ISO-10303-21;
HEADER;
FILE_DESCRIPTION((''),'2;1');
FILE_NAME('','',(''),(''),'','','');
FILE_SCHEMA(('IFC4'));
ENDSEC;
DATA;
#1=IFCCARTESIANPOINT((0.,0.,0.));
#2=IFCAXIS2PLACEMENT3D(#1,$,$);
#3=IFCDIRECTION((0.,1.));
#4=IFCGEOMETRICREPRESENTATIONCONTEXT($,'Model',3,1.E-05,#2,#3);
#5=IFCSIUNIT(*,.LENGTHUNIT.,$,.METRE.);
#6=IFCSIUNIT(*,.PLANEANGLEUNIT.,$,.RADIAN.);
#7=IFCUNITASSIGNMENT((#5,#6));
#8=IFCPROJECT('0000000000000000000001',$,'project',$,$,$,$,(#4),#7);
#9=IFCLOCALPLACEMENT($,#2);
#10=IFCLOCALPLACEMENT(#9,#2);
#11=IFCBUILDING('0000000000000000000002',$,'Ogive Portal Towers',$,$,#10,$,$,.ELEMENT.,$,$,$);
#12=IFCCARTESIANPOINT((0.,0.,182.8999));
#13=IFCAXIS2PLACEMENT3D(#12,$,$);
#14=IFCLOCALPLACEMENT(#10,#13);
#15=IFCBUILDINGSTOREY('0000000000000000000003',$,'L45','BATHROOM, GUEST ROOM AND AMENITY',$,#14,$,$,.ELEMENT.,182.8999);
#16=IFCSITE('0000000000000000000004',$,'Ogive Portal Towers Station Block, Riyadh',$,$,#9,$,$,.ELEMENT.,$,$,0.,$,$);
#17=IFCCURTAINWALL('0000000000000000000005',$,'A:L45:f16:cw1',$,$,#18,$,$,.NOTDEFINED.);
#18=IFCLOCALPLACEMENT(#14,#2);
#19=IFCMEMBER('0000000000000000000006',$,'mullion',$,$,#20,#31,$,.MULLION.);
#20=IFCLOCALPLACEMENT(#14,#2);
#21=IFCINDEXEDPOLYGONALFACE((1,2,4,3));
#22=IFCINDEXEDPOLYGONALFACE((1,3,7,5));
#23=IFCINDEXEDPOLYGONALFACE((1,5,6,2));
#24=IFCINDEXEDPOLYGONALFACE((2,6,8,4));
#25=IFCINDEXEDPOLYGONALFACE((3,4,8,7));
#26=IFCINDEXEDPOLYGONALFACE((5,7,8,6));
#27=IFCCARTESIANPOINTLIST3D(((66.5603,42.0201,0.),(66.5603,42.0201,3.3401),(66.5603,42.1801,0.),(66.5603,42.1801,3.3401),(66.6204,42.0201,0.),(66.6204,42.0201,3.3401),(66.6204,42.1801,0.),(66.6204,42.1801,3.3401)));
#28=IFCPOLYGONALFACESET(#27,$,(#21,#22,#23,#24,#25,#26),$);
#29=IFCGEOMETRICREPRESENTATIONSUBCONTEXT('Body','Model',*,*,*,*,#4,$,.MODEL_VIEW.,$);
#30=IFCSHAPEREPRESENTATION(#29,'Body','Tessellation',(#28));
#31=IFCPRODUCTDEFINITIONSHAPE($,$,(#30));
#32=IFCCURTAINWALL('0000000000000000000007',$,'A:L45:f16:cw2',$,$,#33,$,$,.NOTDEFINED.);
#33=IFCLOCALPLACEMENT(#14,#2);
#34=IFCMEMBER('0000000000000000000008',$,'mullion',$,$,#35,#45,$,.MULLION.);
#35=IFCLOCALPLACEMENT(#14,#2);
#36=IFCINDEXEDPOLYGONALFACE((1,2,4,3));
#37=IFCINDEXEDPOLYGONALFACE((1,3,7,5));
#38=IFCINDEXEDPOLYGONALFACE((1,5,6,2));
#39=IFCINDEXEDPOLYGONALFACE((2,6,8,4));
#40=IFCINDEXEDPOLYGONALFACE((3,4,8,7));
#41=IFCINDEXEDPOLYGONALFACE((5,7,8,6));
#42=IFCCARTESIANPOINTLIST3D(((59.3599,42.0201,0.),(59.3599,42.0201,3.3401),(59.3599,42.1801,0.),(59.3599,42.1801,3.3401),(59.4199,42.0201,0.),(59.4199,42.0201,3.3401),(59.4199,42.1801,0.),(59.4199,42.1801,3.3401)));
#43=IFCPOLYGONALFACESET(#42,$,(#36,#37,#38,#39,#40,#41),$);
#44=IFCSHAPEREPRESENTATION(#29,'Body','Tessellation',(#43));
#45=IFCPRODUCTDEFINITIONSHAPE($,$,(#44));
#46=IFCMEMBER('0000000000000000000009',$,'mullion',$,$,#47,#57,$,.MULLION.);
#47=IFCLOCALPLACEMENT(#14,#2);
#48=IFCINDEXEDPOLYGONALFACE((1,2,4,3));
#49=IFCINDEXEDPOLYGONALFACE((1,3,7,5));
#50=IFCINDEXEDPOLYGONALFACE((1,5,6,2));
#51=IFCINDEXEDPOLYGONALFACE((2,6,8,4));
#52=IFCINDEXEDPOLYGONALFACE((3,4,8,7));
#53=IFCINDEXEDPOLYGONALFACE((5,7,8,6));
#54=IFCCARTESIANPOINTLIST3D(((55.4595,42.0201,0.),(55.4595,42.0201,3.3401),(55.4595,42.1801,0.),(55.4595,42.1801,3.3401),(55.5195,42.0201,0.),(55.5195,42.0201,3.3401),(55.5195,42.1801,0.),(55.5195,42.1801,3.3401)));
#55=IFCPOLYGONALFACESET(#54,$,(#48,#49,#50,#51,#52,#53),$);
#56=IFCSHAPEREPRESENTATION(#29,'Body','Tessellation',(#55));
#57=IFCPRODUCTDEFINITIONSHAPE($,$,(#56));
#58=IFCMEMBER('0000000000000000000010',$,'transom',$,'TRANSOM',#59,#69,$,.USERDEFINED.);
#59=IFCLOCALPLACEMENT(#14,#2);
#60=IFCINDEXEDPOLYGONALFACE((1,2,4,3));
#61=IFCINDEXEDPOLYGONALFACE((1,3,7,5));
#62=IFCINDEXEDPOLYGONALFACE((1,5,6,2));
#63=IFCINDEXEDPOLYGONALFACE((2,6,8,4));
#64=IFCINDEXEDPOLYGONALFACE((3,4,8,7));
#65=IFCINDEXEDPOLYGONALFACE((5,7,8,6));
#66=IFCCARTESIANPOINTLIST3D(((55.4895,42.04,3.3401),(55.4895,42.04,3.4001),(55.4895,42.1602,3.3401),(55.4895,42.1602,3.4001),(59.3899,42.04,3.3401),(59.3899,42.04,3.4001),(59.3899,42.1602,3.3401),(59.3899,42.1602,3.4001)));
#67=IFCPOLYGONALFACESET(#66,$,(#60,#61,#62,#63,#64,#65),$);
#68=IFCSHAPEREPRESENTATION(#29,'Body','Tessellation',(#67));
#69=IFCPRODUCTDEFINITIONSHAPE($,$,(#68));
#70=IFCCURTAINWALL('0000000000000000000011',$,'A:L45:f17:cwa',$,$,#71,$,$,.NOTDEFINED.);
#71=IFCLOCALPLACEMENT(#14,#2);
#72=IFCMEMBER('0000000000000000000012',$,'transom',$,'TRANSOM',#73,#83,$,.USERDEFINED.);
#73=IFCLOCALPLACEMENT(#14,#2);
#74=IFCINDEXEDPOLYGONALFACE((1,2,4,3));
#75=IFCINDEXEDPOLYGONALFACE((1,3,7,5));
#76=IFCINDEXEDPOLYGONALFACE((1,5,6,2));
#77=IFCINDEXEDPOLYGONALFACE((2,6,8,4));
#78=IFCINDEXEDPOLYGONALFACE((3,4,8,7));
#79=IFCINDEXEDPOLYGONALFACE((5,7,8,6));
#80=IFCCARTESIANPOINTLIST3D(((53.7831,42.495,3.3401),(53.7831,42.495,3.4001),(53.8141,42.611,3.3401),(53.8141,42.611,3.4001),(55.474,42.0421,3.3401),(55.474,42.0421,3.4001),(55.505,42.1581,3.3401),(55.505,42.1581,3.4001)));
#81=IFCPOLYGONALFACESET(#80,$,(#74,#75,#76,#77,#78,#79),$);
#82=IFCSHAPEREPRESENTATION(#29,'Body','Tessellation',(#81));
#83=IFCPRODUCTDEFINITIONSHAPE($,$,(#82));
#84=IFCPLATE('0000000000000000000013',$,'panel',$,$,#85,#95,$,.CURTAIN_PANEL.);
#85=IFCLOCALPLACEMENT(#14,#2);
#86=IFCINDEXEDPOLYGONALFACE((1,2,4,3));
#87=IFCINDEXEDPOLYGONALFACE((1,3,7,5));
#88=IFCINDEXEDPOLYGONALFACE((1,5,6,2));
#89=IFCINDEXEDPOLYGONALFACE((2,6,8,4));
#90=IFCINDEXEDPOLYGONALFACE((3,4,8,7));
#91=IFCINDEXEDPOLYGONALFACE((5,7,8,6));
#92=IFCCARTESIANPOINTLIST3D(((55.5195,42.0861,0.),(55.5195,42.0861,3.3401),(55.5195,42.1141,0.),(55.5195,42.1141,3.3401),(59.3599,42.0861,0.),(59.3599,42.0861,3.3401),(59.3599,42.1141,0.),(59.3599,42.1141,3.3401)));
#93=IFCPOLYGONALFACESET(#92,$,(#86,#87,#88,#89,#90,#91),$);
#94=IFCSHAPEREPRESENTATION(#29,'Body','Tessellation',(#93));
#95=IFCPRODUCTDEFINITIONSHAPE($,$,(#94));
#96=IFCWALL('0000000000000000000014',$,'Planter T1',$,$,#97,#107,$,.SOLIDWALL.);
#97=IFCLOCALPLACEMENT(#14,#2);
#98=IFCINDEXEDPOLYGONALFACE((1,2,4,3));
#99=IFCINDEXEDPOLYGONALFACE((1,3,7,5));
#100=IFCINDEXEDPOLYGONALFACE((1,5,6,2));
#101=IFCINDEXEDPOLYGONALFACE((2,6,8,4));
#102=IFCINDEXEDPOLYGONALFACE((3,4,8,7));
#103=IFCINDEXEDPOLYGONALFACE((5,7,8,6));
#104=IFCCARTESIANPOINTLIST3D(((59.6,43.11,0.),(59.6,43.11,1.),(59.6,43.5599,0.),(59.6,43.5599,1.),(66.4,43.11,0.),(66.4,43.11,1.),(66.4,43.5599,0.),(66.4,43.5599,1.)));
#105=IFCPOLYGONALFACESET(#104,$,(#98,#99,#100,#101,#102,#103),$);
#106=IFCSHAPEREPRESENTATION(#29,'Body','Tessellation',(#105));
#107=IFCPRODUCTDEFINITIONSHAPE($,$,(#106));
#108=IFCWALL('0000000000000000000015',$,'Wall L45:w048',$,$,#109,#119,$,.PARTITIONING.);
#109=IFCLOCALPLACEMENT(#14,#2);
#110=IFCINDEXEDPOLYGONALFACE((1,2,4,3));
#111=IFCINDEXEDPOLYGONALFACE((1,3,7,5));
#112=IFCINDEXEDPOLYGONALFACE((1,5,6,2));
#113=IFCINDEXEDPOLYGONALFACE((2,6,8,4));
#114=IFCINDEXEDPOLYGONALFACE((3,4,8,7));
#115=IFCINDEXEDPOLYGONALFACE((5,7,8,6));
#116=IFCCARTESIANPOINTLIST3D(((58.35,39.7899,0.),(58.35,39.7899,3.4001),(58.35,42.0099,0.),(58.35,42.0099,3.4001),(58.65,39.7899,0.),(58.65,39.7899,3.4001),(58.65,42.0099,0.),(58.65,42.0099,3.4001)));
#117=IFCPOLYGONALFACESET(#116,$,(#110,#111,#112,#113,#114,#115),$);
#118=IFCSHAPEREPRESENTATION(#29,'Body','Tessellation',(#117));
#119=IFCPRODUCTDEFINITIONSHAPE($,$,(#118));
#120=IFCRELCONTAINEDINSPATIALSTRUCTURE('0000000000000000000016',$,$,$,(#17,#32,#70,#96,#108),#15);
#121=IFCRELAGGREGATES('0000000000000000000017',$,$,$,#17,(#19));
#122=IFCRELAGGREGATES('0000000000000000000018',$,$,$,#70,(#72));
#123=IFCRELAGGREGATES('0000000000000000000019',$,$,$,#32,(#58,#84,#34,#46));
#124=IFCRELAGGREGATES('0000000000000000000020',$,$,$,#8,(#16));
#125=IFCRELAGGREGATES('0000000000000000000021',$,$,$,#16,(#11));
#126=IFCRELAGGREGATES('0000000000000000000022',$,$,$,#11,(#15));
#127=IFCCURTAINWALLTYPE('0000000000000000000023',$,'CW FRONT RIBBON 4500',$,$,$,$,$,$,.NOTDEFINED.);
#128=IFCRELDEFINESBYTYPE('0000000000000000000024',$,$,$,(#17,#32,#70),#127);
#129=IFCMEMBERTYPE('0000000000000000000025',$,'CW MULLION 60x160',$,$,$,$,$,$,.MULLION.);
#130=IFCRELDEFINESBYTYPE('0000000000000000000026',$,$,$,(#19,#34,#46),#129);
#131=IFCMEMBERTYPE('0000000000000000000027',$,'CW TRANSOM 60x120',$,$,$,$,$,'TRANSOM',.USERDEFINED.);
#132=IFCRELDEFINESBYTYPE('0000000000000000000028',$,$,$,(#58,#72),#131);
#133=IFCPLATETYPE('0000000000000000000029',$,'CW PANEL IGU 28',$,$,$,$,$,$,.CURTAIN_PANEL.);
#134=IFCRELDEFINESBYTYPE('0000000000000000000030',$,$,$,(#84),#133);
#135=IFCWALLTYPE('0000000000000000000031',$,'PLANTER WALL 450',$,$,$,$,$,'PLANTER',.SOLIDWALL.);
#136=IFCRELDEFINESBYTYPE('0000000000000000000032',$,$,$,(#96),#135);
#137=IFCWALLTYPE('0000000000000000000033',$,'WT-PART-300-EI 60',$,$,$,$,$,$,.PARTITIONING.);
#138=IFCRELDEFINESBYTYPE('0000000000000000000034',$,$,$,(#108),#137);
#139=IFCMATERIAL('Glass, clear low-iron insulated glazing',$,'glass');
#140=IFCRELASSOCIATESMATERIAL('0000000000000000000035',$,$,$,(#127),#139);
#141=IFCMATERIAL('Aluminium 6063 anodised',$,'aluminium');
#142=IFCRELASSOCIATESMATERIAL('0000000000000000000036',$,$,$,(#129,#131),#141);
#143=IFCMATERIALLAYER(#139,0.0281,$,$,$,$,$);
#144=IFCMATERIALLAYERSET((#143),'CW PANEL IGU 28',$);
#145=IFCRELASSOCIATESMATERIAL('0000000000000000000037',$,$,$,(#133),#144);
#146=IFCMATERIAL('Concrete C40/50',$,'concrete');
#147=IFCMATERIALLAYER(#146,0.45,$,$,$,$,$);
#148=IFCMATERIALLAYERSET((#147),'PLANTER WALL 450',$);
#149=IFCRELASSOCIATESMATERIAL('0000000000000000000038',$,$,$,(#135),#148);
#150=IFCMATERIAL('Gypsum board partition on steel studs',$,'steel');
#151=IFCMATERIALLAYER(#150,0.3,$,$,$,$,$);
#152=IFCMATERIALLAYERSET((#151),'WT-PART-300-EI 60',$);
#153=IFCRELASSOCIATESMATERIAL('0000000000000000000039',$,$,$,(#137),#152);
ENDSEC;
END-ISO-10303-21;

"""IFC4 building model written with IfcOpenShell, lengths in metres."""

from ifc_helpers import new_model, si_unit, direction, frame, frame_2d, origin, origin_2d, place, context, subcontext, project, spatial, rectangle, extrude, material, layer, layer_set, material_profile, profile_set, type_object, element, aggregate, save


model = new_model("IFC4")

# Units and contexts
model_context = context("Model", 3, precision=1e-05, world=origin(), true_north=direction((0.0, 1.0)))
body_context = subcontext(model_context, "Body", "Model", "MODEL_VIEW")
ifc_project = project(units=[si_unit("LENGTHUNIT", "METRE"), si_unit("PLANEANGLEUNIT", "RADIAN")], contexts=[model_context])

# Site, building, storey
site_placement = place(None, origin())
site = spatial("IfcSite", under=ifc_project, at=site_placement, Name="Ogive Portal Towers Station Block, Riyadh", CompositionType="ELEMENT", RefElevation=0.0)
building_placement = place(site_placement, origin())
building = spatial("IfcBuilding", under=site, at=building_placement, Name="Ogive Portal Towers", CompositionType="ELEMENT")
storey_placement = place(building_placement, frame((0.0, 0.0, 182.8999)))
storey = spatial("IfcBuildingStorey", under=building, at=storey_placement, Name="L45", Description="BATHROOM, GUEST ROOM AND AMENITY", CompositionType="ELEMENT", Elevation=182.8999)

# Curtain wall, member
ifc_material_1 = material(Name="Glass, clear low-iron insulated glazing", Category="glass")
curtain_wall_type = type_object("IfcCurtainWallType", Name="CW FRONT RIBBON 4500", PredefinedType="NOTDEFINED", material=ifc_material_1)
curtain_wall_1_placement = place(storey_placement, origin())
curtain_wall_1 = element("IfcCurtainWall", 1, at=curtain_wall_1_placement, inside=storey, type_object=curtain_wall_type, Name="A:L45:f16:cw1", PredefinedType="NOTDEFINED")
ifc_material_2 = material(Name="Aluminium 6063 anodised", Category="aluminium")
ifc_material_profile_1 = material_profile(ifc_material_2, rectangle(XDim=0.1599, YDim=0.0601, at=origin_2d()), Name="AL 60x160")
ifc_profile_set_1 = profile_set([ifc_material_profile_1], Name="Aluminium 6063 anodised")
member_type_1 = type_object("IfcMemberType", Name="CW MULLION 60x160", PredefinedType="MULLION", material=ifc_profile_set_1)
member_1_placement = place(storey_placement, frame((66.5903, 42.1001, 0.0), z_axis=(0.0, 0.0, 1.0), x_axis=(0.0, -1.0, 0.0)))
member_1 = element("IfcMember", 2, at=member_1_placement, type_object=member_type_1, Name="mullion", PredefinedType="MULLION", context=body_context, shape_type="SweptSolid", body=[
    extrude(rectangle(XDim=0.1599, YDim=0.0601, at=origin_2d()), origin(), (0.0, 0.0, 1.0), 3.3401),
])
aggregate(curtain_wall_1, [member_1])

# Curtain wall, members
curtain_wall_2_placement = place(storey_placement, origin())
curtain_wall_2 = element("IfcCurtainWall", 3, at=curtain_wall_2_placement, inside=storey, type_object=curtain_wall_type, Name="A:L45:f16:cw2", PredefinedType="NOTDEFINED")
member_2_placement = place(storey_placement, frame((59.3899, 42.1001, 0.0), z_axis=(0.0, 0.0, 1.0), x_axis=(0.0, -1.0, 0.0)))
member_2 = element("IfcMember", 4, at=member_2_placement, type_object=member_type_1, Name="mullion", PredefinedType="MULLION", context=body_context, shape_type="SweptSolid", body=[
    extrude(rectangle(XDim=0.1599, YDim=0.0601, at=origin_2d()), origin(), (0.0, 0.0, 1.0), 3.3401),
])
member_3_placement = place(storey_placement, frame((55.4895, 42.1001, 0.0), z_axis=(0.0, 0.0, 1.0), x_axis=(0.0, -1.0, 0.0)))
member_3 = element("IfcMember", 5, at=member_3_placement, type_object=member_type_1, Name="mullion", PredefinedType="MULLION", context=body_context, shape_type="SweptSolid", body=[
    extrude(rectangle(XDim=0.1599, YDim=0.0601, at=origin_2d()), origin(), (0.0, 0.0, 1.0), 3.3401),
])
ifc_material_profile_2 = material_profile(ifc_material_2, rectangle(XDim=0.1201, YDim=0.0601, at=origin_2d()), Name="AL 120x60")
ifc_profile_set_2 = profile_set([ifc_material_profile_2], Name="Aluminium 6063 anodised")
member_type_2 = type_object("IfcMemberType", Name="CW TRANSOM 60x120", ElementType="TRANSOM", PredefinedType="USERDEFINED", material=ifc_profile_set_2)
member_4_placement = place(storey_placement, frame((59.3899, 42.1001, 3.3701), z_axis=(-1.0, 0.0, 0.0), x_axis=(0.0, -1.0, 0.0)))
member_4 = element("IfcMember", 6, at=member_4_placement, type_object=member_type_2, Name="transom", ObjectType="TRANSOM", PredefinedType="USERDEFINED", context=body_context, shape_type="SweptSolid", body=[
    extrude(rectangle(XDim=0.1201, YDim=0.0601, at=origin_2d()), origin(), (0.0, 0.0, 1.0), 3.9004),
])

# Curtain wall, member
curtain_wall_3_placement = place(storey_placement, origin())
curtain_wall_3 = element("IfcCurtainWall", 7, at=curtain_wall_3_placement, inside=storey, type_object=curtain_wall_type, Name="A:L45:f17:cwa", PredefinedType="NOTDEFINED")
member_5_placement = place(storey_placement, frame((55.4895, 42.1001, 3.3701), z_axis=(-0.965954, 0.258713, 0.0), x_axis=(-0.258713, -0.965954, 0.0)))
member_5 = element("IfcMember", 8, at=member_5_placement, type_object=member_type_2, Name="transom", ObjectType="TRANSOM", PredefinedType="USERDEFINED", context=body_context, shape_type="SweptSolid", body=[
    extrude(rectangle(XDim=0.1201, YDim=0.0601, at=origin_2d()), origin(), (0.0, 0.0, 1.0), 1.7505),
])
aggregate(curtain_wall_3, [member_5])

# Plate
ifc_layer_1 = layer(ifc_material_1, 0.0281)
ifc_layer_set_1 = layer_set([ifc_layer_1], Name="CW PANEL IGU 28")
plate_type = type_object("IfcPlateType", Name="CW PANEL IGU 28", PredefinedType="CURTAIN_PANEL", material=ifc_layer_set_1)
plate_placement = place(storey_placement, frame((57.4397, 42.1001, 0.0), z_axis=(0.0, 0.0, 1.0), x_axis=(-1.0, 0.0, 0.0)))
plate = element("IfcPlate", 9, at=plate_placement, type_object=plate_type, Name="panel", PredefinedType="CURTAIN_PANEL", context=body_context, shape_type="SweptSolid", body=[
    extrude(rectangle(XDim=3.8403, YDim=0.0281, at=origin_2d()), origin(), (0.0, 0.0, 1.0), 3.3401),
])
aggregate(curtain_wall_2, [member_4, plate, member_2, member_3])

# Walls
ifc_material_3 = material(Name="Concrete C40/50", Category="concrete")
ifc_layer_2 = layer(ifc_material_3, 0.45)
ifc_layer_set_2 = layer_set([ifc_layer_2], Name="PLANTER WALL 450")
wall_type_1 = type_object("IfcWallType", Name="PLANTER WALL 450", ElementType="PLANTER", PredefinedType="SOLIDWALL", material=ifc_layer_set_2)
wall_1_placement = place(storey_placement, frame((63.0, 43.335, 0.0), z_axis=(0.0, 0.0, 1.0), x_axis=(1.0, 0.0, 0.0)))
element("IfcWall", 10, at=wall_1_placement, inside=storey, type_object=wall_type_1, Name="Planter T1", PredefinedType="SOLIDWALL", context=body_context, shape_type="SweptSolid", body=[
    extrude(rectangle(XDim=6.8, YDim=0.45, at=origin_2d()), origin(), (0.0, 0.0, 1.0), 1.0),
])
ifc_material_4 = material(Name="Gypsum board partition on steel studs", Category="steel")
ifc_layer_3 = layer(ifc_material_4, 0.3)
ifc_layer_set_3 = layer_set([ifc_layer_3], Name="WT-PART-300-EI 60")
wall_type_2 = type_object("IfcWallType", Name="WT-PART-300-EI 60", PredefinedType="PARTITIONING", material=ifc_layer_set_3)
wall_2_placement = place(storey_placement, frame((58.5, 39.79, 0.0), z_axis=(0.0, 0.0, 1.0), x_axis=(0.0, 1.0, 0.0)))
element("IfcWall", 11, at=wall_2_placement, inside=storey, type_object=wall_type_2, Name="Wall L45:w048", PredefinedType="PARTITIONING", context=body_context, shape_type="SweptSolid", body=[
    extrude(rectangle(XDim=2.22, YDim=0.3, at=frame_2d((1.1099, 0.0))), origin(), (0.0, 0.0, 1.0), 3.4001),
])

save(model, "model.ifc")
